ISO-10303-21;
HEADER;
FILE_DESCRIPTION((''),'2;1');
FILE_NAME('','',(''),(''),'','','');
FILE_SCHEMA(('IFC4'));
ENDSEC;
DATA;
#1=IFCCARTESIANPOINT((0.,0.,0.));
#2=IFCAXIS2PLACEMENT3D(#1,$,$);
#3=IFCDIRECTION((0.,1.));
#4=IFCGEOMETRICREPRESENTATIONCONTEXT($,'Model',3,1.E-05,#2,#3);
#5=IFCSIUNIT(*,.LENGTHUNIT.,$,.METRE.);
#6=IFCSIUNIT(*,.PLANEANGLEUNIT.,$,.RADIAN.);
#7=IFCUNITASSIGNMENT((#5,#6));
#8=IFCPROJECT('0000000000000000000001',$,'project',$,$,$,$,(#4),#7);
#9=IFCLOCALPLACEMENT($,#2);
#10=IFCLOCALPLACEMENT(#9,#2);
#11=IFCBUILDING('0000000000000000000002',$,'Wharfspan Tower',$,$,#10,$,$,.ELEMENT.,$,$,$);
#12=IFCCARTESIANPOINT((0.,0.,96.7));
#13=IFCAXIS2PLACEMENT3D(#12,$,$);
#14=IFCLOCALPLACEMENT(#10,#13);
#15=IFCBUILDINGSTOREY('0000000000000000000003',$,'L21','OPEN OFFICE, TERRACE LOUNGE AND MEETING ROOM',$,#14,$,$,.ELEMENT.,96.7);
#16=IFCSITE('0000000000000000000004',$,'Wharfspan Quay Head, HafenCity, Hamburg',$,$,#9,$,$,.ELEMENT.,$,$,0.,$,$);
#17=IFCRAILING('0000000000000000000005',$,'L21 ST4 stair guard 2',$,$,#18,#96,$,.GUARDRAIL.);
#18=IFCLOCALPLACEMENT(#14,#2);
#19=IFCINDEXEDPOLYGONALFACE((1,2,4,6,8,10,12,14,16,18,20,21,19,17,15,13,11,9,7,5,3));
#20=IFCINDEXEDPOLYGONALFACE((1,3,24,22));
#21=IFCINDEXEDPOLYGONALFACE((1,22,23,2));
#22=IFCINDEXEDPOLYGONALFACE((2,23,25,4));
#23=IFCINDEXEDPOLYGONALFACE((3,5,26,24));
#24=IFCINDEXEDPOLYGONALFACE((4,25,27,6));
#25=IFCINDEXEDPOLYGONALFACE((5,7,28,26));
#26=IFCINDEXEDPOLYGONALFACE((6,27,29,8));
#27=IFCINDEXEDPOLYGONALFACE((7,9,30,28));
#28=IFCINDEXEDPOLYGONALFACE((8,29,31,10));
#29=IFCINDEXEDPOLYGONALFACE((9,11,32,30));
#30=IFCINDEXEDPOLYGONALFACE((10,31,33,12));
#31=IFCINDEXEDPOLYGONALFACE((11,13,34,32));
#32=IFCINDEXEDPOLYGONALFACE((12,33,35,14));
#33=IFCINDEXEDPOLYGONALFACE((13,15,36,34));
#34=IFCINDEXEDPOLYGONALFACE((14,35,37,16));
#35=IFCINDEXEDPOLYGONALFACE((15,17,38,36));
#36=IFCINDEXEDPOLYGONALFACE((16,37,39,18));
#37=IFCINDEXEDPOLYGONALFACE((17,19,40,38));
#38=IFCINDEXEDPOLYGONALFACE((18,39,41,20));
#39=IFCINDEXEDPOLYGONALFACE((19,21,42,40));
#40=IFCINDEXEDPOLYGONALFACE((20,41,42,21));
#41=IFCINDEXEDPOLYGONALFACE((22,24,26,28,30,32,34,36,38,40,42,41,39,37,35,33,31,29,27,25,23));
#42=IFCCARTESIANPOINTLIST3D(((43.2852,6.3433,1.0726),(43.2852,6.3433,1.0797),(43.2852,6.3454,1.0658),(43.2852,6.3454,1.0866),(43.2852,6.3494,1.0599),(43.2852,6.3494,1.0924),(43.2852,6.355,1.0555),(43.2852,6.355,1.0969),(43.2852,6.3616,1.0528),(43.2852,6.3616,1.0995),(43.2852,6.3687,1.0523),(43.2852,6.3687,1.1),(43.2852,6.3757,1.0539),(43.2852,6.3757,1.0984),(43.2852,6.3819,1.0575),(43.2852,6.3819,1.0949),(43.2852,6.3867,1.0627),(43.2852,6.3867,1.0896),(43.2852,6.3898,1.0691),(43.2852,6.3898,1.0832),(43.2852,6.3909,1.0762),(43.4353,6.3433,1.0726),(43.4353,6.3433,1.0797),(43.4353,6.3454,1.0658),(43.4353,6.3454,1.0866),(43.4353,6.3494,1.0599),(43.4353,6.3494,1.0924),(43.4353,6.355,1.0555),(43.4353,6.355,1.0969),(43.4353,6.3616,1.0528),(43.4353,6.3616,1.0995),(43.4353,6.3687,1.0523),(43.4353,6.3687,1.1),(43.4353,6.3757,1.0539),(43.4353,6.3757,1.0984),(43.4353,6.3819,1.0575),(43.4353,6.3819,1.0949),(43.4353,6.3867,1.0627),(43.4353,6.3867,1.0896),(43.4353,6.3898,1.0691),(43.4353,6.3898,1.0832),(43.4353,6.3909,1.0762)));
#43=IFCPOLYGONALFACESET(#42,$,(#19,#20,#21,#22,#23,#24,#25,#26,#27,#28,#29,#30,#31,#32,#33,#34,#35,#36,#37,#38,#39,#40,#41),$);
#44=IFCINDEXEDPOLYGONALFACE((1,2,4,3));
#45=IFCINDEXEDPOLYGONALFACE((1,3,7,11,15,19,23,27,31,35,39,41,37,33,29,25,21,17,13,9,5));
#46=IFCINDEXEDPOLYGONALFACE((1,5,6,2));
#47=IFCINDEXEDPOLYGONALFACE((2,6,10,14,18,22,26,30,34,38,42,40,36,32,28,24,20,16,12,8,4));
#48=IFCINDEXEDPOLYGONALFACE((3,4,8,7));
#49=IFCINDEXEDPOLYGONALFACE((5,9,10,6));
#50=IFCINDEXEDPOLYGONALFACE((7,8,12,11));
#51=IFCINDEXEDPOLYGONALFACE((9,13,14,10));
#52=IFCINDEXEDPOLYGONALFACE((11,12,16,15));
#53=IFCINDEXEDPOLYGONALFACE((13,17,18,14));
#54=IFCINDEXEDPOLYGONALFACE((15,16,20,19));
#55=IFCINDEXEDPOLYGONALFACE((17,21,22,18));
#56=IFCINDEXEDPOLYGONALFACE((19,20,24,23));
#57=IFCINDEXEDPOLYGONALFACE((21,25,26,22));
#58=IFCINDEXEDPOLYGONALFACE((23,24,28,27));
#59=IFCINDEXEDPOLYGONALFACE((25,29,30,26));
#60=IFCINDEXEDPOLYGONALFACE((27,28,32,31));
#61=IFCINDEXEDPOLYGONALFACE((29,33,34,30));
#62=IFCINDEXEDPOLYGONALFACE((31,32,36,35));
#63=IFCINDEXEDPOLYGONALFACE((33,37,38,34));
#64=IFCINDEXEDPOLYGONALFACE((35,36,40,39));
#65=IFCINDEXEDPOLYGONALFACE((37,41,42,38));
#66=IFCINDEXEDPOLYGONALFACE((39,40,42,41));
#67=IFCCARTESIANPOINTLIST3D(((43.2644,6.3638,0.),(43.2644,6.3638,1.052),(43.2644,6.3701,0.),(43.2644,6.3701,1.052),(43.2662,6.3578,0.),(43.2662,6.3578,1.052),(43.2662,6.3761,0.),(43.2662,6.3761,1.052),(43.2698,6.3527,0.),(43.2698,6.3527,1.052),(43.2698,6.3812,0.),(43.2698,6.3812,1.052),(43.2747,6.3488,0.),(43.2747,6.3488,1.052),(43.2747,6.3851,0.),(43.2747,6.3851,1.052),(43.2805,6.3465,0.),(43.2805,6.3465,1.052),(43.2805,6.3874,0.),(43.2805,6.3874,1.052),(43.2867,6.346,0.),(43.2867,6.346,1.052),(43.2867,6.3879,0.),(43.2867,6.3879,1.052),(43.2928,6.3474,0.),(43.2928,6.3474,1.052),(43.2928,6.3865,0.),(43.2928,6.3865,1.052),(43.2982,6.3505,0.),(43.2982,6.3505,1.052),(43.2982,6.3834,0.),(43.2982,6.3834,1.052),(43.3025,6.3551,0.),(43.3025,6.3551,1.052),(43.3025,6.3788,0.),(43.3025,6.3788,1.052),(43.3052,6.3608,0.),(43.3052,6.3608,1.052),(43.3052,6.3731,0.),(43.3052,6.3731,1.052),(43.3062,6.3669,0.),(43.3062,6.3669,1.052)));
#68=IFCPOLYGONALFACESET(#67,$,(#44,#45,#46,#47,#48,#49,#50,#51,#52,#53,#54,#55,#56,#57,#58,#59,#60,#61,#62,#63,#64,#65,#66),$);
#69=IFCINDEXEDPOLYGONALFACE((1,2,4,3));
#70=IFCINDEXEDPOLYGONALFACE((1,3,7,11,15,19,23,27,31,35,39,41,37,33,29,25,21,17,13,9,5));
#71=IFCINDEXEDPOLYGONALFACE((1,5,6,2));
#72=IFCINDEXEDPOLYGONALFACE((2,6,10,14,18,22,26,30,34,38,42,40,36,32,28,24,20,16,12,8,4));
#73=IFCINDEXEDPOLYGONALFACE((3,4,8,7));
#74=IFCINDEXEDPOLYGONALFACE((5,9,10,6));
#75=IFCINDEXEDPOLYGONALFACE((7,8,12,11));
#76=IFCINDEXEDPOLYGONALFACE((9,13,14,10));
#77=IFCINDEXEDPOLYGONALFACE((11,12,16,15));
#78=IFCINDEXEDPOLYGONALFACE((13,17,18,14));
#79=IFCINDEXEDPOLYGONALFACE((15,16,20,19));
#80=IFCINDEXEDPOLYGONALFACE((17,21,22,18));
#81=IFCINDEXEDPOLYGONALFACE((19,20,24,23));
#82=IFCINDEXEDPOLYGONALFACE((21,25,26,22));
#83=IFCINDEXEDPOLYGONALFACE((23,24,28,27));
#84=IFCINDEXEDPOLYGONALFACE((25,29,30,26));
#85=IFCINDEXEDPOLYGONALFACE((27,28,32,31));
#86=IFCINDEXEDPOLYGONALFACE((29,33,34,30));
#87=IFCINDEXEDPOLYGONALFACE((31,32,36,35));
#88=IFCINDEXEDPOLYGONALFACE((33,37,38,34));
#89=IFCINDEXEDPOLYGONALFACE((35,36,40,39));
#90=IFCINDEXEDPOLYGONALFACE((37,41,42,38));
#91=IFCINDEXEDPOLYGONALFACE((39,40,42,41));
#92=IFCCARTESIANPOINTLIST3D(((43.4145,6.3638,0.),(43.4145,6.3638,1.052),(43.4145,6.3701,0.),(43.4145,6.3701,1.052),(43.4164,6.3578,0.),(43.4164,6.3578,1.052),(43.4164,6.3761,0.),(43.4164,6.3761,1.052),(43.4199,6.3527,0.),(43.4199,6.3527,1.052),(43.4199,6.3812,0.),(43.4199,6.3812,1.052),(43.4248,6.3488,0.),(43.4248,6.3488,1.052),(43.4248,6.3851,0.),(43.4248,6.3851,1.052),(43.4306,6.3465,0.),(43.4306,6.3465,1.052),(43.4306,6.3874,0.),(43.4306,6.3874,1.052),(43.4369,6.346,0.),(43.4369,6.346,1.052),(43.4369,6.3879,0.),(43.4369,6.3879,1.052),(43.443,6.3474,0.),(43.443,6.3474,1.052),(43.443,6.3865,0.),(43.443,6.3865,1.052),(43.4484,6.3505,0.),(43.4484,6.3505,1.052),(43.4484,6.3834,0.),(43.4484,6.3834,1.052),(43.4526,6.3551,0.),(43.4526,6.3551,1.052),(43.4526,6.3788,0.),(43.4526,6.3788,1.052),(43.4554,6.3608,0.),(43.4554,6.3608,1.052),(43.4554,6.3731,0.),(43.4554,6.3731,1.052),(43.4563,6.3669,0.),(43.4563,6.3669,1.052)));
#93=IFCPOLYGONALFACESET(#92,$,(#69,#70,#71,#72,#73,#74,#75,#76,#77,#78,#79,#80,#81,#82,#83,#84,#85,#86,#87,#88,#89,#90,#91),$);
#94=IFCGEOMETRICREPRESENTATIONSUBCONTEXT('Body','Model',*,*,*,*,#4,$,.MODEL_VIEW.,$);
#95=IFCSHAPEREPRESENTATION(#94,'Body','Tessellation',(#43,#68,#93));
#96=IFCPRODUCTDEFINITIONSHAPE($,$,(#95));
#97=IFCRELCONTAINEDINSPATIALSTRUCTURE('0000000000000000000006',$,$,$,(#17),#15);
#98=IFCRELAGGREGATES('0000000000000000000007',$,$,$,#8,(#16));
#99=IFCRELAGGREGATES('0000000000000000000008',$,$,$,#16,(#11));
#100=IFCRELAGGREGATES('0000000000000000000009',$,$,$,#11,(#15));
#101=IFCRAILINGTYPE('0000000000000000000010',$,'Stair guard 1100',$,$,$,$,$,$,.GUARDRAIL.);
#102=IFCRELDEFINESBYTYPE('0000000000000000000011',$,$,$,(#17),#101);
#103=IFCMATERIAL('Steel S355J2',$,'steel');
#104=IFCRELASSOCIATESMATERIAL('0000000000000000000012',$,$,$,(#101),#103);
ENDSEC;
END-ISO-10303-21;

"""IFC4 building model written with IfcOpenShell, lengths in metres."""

from ifc_helpers import new_model, si_unit, direction, frame, origin, origin_2d, place, context, subcontext, project, spatial, circle, extrude, material, type_object, element, save


model = new_model("IFC4")

# Units and contexts
model_context = context("Model", 3, precision=1e-05, world=origin(), true_north=direction((0.0, 1.0)))
body_context = subcontext(model_context, "Body", "Model", "MODEL_VIEW")
ifc_project = project(units=[si_unit("LENGTHUNIT", "METRE"), si_unit("PLANEANGLEUNIT", "RADIAN")], contexts=[model_context])

# Site, building, storey
site_placement = place(None, origin())
site = spatial("IfcSite", under=ifc_project, at=site_placement, Name="Wharfspan Quay Head, HafenCity, Hamburg", CompositionType="ELEMENT", RefElevation=0.0)
building_placement = place(site_placement, origin())
building = spatial("IfcBuilding", under=site, at=building_placement, Name="Wharfspan Tower", CompositionType="ELEMENT")
storey_placement = place(building_placement, frame((0.0, 0.0, 96.7)))
storey = spatial("IfcBuildingStorey", under=building, at=storey_placement, Name="L21", Description="OPEN OFFICE, TERRACE LOUNGE AND MEETING ROOM", CompositionType="ELEMENT", Elevation=96.7)

# Shared definitions
ifc_material_1 = material(Name="Steel S355J2", Category="steel")

# Railing
railing_type_1 = type_object("IfcRailingType", Name="Stair guard 1100", PredefinedType="GUARDRAIL", material=ifc_material_1)
railing_1_placement = place(storey_placement, frame((43.2852, 6.3669, 0.0)))
element("IfcRailing", 1, at=railing_1_placement, inside=storey, type_object=railing_type_1, Name="L21 ST4 stair guard 2", PredefinedType="GUARDRAIL", context=body_context, shape_type="SweptSolid", body=[
    extrude(circle(Radius=0.0239, at=origin_2d()), frame((0.0, 0.0, 1.0762), z_axis=(1.0, 0.0, 0.0), x_axis=(0.0, 1.0, 0.0)), (0.0, 0.0, 1.0), 0.1501),
    extrude(circle(Radius=0.021, at=origin_2d()), origin(), (0.0, 0.0, 1.0), 1.052),
    extrude(circle(Radius=0.021, at=origin_2d()), frame((0.1501, 0.0, 0.0)), (0.0, 0.0, 1.0), 1.052),
])

save(model, "model.ifc")
